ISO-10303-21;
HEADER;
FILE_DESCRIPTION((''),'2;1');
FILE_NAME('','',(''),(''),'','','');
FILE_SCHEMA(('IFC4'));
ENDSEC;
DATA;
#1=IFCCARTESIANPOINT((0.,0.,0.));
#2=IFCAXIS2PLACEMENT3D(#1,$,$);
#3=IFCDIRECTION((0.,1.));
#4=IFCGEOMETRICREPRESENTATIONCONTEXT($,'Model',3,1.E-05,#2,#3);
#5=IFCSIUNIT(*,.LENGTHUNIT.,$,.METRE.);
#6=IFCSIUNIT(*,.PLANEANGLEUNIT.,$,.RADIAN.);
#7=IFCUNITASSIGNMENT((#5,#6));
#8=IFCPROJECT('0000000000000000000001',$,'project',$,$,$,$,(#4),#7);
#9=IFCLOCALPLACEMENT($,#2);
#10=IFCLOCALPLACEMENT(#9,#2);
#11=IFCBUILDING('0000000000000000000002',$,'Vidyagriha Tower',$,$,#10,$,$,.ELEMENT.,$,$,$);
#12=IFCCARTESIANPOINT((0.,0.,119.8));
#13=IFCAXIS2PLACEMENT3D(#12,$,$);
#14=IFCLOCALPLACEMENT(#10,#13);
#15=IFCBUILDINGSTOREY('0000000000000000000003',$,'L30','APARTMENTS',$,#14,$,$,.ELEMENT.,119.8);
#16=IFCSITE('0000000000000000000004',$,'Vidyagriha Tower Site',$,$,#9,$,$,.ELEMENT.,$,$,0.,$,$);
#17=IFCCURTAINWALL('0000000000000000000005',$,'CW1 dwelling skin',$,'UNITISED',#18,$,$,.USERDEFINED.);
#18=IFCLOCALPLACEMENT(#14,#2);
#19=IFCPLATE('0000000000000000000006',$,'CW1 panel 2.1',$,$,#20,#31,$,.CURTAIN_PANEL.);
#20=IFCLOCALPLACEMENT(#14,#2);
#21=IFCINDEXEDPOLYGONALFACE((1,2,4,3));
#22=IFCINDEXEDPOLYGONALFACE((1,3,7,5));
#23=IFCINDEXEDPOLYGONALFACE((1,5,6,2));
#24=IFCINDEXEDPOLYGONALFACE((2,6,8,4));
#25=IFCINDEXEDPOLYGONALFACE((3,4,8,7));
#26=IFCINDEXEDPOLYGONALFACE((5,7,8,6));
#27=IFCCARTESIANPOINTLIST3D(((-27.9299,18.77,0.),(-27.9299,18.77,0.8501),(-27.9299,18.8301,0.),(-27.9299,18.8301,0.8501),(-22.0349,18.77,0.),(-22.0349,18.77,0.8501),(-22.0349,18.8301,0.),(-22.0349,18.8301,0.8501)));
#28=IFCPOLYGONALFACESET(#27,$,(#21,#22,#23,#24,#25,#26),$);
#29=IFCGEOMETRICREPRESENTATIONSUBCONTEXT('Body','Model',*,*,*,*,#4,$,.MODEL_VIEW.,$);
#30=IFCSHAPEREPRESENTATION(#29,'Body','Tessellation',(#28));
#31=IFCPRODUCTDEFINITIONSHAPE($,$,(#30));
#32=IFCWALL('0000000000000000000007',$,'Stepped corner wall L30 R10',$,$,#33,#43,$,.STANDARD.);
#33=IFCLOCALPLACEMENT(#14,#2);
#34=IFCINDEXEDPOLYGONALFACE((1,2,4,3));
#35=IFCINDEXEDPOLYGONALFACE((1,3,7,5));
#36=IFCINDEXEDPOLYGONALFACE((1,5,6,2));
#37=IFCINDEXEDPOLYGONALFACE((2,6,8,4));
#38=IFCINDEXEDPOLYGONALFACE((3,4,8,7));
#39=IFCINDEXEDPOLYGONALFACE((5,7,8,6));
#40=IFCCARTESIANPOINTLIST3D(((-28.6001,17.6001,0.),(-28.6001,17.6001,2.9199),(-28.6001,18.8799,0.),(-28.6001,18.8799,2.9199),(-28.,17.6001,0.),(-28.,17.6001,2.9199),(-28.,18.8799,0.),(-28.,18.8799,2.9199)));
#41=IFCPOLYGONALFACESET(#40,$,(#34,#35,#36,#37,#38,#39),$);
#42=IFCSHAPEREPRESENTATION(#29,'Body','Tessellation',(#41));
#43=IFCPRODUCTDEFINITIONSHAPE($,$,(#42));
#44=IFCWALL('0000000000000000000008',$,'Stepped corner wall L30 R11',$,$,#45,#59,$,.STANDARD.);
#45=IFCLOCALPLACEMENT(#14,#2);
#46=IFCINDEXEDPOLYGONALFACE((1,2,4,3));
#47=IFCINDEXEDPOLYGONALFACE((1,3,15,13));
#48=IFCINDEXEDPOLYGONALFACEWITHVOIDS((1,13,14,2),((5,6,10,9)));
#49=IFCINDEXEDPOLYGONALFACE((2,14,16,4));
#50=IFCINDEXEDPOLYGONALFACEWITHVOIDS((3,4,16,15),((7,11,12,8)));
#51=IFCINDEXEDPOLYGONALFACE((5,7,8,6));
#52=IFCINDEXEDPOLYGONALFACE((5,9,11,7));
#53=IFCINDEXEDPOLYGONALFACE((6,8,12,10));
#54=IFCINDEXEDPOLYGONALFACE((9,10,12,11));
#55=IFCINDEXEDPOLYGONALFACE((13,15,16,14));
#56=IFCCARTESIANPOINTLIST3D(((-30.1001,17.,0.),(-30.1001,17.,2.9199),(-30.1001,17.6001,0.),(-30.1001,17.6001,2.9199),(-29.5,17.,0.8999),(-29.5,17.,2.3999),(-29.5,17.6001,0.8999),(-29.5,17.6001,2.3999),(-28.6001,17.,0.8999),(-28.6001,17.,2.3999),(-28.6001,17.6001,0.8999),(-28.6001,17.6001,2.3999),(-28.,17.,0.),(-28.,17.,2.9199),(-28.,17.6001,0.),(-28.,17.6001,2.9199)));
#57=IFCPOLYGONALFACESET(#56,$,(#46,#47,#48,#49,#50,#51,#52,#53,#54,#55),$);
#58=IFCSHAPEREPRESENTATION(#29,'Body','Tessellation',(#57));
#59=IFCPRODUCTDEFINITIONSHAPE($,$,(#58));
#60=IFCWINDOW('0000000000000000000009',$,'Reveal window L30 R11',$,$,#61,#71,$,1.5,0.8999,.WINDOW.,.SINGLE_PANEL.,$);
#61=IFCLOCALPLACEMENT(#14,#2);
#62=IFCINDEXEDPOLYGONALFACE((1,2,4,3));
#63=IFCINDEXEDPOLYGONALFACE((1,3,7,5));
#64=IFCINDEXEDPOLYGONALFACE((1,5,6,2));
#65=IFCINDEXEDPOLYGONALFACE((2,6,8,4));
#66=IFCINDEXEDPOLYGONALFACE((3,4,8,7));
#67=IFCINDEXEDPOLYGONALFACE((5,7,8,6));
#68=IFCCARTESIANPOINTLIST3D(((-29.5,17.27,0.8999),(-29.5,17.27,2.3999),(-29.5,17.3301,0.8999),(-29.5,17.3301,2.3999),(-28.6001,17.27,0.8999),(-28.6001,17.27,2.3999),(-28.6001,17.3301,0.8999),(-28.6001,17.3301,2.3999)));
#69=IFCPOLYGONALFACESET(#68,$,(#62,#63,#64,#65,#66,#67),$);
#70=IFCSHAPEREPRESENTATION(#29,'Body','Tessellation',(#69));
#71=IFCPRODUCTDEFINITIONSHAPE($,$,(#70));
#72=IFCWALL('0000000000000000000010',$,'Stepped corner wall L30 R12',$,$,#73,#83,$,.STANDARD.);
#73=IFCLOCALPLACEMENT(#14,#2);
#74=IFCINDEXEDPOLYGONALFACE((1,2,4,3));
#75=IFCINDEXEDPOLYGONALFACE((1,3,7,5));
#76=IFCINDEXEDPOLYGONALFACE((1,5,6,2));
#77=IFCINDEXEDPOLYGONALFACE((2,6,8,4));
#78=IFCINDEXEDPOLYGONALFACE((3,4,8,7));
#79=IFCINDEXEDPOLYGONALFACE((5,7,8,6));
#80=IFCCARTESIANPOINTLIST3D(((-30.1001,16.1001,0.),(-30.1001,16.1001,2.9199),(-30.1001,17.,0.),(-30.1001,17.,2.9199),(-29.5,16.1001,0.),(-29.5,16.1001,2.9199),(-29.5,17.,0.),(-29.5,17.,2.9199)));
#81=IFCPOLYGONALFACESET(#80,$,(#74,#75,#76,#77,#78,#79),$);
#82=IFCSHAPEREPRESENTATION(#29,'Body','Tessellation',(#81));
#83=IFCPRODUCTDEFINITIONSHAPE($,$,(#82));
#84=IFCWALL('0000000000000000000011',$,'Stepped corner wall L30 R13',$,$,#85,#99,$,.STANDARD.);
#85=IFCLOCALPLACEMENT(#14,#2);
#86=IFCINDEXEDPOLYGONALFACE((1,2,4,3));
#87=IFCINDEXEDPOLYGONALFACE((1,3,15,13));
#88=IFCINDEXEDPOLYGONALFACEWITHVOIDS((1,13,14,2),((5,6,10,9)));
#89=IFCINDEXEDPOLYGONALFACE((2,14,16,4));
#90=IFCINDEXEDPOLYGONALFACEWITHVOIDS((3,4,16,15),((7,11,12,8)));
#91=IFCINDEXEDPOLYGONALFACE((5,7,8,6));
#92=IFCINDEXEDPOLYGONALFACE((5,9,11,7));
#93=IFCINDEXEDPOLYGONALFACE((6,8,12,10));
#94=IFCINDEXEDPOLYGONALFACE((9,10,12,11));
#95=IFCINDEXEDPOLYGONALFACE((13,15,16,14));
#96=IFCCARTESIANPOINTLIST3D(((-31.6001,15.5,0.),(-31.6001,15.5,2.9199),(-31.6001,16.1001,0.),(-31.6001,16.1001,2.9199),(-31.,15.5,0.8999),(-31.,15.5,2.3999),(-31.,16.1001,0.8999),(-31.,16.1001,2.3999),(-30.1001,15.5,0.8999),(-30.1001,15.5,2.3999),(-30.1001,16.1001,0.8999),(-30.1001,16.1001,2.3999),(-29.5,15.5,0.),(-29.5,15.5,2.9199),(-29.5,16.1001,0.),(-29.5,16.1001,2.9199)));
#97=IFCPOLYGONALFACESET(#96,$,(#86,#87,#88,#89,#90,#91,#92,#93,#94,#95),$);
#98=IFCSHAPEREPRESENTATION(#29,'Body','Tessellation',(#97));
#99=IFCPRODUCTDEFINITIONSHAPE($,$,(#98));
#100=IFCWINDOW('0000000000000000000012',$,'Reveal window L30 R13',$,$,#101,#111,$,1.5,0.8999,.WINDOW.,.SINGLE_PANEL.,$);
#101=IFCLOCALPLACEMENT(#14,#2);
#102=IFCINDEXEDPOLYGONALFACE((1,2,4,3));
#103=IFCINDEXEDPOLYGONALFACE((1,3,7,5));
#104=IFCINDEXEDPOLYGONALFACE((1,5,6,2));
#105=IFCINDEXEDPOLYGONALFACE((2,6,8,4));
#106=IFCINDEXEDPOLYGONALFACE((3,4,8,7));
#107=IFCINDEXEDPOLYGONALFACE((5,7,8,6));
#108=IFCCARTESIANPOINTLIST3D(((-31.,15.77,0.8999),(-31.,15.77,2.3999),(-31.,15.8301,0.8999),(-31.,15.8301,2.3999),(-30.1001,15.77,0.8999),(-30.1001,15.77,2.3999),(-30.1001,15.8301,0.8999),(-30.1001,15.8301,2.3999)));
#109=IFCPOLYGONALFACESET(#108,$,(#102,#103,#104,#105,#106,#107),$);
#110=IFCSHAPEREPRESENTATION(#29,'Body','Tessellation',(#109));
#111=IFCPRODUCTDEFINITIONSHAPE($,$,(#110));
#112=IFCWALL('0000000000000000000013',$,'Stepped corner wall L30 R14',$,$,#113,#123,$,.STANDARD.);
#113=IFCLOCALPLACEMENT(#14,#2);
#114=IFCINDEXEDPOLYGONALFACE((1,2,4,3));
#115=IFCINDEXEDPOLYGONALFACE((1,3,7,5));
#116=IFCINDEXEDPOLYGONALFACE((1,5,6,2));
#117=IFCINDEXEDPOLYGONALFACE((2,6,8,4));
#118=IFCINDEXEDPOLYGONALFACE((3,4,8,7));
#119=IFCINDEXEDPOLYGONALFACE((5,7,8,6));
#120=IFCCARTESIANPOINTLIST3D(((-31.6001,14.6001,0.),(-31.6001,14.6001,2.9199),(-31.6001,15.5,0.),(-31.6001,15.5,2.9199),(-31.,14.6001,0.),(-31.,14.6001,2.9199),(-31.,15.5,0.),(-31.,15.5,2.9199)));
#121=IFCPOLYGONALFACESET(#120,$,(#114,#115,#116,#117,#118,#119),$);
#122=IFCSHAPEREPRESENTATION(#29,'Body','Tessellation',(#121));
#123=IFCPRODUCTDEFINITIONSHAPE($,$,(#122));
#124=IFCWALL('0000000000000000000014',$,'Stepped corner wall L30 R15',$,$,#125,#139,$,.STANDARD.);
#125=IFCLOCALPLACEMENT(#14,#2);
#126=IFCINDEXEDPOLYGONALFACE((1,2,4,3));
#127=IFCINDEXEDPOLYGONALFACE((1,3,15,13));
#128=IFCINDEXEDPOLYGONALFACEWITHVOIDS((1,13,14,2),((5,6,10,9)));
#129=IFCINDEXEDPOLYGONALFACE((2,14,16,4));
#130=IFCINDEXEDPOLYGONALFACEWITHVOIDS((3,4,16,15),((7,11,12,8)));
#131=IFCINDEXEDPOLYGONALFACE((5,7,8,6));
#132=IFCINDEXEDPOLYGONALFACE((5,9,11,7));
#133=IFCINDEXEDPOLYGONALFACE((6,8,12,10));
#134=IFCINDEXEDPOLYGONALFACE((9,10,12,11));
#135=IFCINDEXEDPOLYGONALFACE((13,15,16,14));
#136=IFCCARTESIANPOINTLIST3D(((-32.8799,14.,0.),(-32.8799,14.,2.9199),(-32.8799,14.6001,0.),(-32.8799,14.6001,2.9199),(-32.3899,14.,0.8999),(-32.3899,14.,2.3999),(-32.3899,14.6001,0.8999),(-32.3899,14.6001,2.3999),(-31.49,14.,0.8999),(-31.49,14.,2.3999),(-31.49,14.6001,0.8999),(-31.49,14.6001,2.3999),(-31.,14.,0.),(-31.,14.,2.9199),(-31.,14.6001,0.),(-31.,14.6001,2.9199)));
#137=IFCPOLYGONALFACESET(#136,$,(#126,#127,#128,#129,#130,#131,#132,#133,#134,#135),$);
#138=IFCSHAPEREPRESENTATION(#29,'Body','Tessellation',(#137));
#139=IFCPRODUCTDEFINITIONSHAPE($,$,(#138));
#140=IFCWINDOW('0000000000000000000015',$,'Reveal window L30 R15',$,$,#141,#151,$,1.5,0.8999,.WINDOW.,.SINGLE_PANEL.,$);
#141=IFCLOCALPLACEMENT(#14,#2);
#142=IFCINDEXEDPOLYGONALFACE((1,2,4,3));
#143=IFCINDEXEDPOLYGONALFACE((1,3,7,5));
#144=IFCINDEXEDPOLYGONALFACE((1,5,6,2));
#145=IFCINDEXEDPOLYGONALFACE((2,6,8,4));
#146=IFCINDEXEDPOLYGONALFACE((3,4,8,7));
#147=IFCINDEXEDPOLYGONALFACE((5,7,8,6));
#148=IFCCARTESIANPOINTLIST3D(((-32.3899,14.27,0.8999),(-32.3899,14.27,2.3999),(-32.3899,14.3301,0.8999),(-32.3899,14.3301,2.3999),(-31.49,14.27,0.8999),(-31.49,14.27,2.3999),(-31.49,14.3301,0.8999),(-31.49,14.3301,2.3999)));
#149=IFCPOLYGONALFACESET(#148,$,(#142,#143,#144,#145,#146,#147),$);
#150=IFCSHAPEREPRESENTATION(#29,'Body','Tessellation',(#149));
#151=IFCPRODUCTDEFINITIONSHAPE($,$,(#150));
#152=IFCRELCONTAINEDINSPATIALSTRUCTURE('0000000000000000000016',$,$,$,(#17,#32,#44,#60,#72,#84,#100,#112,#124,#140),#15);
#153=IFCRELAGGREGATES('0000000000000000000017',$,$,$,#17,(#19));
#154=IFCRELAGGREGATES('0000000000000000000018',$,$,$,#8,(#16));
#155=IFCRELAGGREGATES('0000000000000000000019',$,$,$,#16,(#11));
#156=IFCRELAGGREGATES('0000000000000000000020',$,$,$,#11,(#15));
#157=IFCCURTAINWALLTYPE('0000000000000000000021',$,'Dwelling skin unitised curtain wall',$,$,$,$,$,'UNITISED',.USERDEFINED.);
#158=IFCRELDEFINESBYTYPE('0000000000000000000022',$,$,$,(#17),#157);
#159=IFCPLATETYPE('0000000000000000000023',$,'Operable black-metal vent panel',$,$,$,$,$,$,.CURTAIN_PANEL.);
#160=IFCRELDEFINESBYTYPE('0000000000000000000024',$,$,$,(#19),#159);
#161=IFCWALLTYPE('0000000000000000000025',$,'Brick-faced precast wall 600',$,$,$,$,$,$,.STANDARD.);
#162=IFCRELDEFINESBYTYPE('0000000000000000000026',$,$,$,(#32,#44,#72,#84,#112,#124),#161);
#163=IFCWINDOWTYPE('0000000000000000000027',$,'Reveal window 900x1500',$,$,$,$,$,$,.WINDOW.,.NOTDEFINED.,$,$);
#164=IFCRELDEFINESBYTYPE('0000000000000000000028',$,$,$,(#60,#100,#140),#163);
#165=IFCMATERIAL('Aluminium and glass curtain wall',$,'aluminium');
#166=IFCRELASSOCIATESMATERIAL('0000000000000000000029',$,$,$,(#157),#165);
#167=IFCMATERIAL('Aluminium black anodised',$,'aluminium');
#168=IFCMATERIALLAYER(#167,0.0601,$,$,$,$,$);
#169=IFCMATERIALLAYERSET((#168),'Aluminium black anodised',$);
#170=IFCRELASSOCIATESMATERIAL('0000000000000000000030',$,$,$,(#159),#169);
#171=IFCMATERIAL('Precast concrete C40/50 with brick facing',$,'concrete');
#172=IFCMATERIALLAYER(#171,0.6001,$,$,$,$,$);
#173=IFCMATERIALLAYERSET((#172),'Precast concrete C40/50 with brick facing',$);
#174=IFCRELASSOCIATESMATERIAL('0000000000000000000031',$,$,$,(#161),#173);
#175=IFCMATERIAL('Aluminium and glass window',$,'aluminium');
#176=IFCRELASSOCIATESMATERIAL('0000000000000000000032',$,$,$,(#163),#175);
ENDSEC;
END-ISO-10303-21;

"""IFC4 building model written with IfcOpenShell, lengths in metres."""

from ifc_helpers import new_model, si_unit, direction, frame, frame_2d, origin, origin_2d, place, context, subcontext, project, spatial, rectangle, extrude, material, layer, layer_set, type_object, element, fill, aggregate, save


model = new_model("IFC4")

# Units and contexts
model_context = context("Model", 3, precision=1e-05, world=origin(), true_north=direction((0.0, 1.0)))
body_context = subcontext(model_context, "Body", "Model", "MODEL_VIEW")
ifc_project = project(units=[si_unit("LENGTHUNIT", "METRE"), si_unit("PLANEANGLEUNIT", "RADIAN")], contexts=[model_context])

# Site, building, storey
site_placement = place(None, origin())
site = spatial("IfcSite", under=ifc_project, at=site_placement, Name="Vidyagriha Tower Site", CompositionType="ELEMENT", RefElevation=0.0)
building_placement = place(site_placement, origin())
building = spatial("IfcBuilding", under=site, at=building_placement, Name="Vidyagriha Tower", CompositionType="ELEMENT")
storey_placement = place(building_placement, frame((0.0, 0.0, 119.8)))
storey = spatial("IfcBuildingStorey", under=building, at=storey_placement, Name="L30", Description="APARTMENTS", CompositionType="ELEMENT", Elevation=119.8)

# Curtain wall
ifc_material_1 = material(Name="Aluminium and glass curtain wall", Category="aluminium")
curtain_wall_type = type_object("IfcCurtainWallType", Name="Dwelling skin unitised curtain wall", ElementType="UNITISED", PredefinedType="USERDEFINED", material=ifc_material_1)
curtain_wall_1_placement = place(storey_placement, origin())
curtain_wall_1 = element("IfcCurtainWall", 1, at=curtain_wall_1_placement, inside=storey, type_object=curtain_wall_type, Name="CW1 dwelling skin", ObjectType="UNITISED", PredefinedType="USERDEFINED")

# Plate
ifc_material_2 = material(Name="Aluminium black anodised", Category="aluminium")
ifc_layer_1 = layer(ifc_material_2, 0.0601)
ifc_layer_set_1 = layer_set([ifc_layer_1], Name="Aluminium black anodised")
plate_type_1 = type_object("IfcPlateType", Name="Operable black-metal vent panel", PredefinedType="CURTAIN_PANEL", material=ifc_layer_set_1)
plate_1_placement = place(storey_placement, frame((-24.9824, 18.8, 0.0), z_axis=(0.0, 0.0, 1.0), x_axis=(-1.0, 0.0, 0.0)))
plate_1 = element("IfcPlate", 2, at=plate_1_placement, type_object=plate_type_1, Name="CW1 panel 2.1", PredefinedType="CURTAIN_PANEL", context=body_context, shape_type="SweptSolid", body=[
    extrude(rectangle(XDim=5.895, YDim=0.0601, at=origin_2d()), origin(), (0.0, 0.0, 1.0), 0.8501),
])
aggregate(curtain_wall_1, [plate_1])

# Wall
ifc_material_3 = material(Name="Precast concrete C40/50 with brick facing", Category="concrete")
ifc_layer_2 = layer(ifc_material_3, 0.6001)
ifc_layer_set_2 = layer_set([ifc_layer_2], Name="Precast concrete C40/50 with brick facing")
wall_type_1 = type_object("IfcWallType", Name="Brick-faced precast wall 600", PredefinedType="STANDARD", material=ifc_layer_set_2)
wall_1_placement = place(storey_placement, frame((-28.3, 18.8799, 0.0), z_axis=(0.0, 0.0, 1.0), x_axis=(0.0, -1.0, 0.0)))
element("IfcWall", 3, at=wall_1_placement, inside=storey, type_object=wall_type_1, Name="Stepped corner wall L30 R10", PredefinedType="STANDARD", context=body_context, shape_type="SweptSolid", body=[
    extrude(rectangle(XDim=1.2798, YDim=0.6001, at=frame_2d((0.6399, 0.0))), origin(), (0.0, 0.0, 1.0), 2.9199),
])

# Wall, opening, window
wall_2_placement = place(storey_placement, frame((-28.0, 17.3, 0.0), z_axis=(0.0, 0.0, 1.0), x_axis=(-1.0, 0.0, 0.0)))
wall_2 = element("IfcWall", 4, at=wall_2_placement, inside=storey, type_object=wall_type_1, Name="Stepped corner wall L30 R11", PredefinedType="STANDARD", context=body_context, shape_type="SweptSolid", body=[
    extrude(rectangle(XDim=2.1001, YDim=0.6001, at=frame_2d((1.05, 0.0))), origin(), (0.0, 0.0, 1.0), 2.9199),
])
opening_1_placement = place(wall_2_placement, frame((0.6001, 0.0, 0.8999)))
opening_1 = element("IfcOpeningElement", 5, at=opening_1_placement, cuts=wall_2, PredefinedType="OPENING", context=body_context, shape_type="SweptSolid", body=[
    extrude(rectangle(XDim=0.8999, YDim=1.5, at=frame_2d((0.45, 0.75))), frame((0.0, 0.3101, 0.0), z_axis=(0.0, -1.0, 0.0), x_axis=(1.0, 0.0, 0.0)), (0.0, 0.0, 1.0), 0.6201),
])
ifc_material_4 = material(Name="Aluminium and glass window", Category="aluminium")
window_type = type_object("IfcWindowType", Name="Reveal window 900x1500", PartitioningType="NOTDEFINED", PredefinedType="WINDOW", material=ifc_material_4)
window_1_placement = place(opening_1_placement, origin())
window_1 = element("IfcWindow", 6, at=window_1_placement, inside=storey, type_object=window_type, Name="Reveal window L30 R11", OverallHeight=1.5, OverallWidth=0.8999, PartitioningType="SINGLE_PANEL", PredefinedType="WINDOW", context=body_context, shape_type="SweptSolid", body=[
    extrude(rectangle(XDim=0.8999, YDim=1.5, at=frame_2d((0.45, 0.75))), frame((0.0, 0.03, 0.0), z_axis=(0.0, -1.0, 0.0), x_axis=(1.0, 0.0, 0.0)), (0.0, 0.0, 1.0), 0.0601),
])
fill(opening_1, window_1)

# Wall
wall_3_placement = place(storey_placement, frame((-29.8, 17.0, 0.0), z_axis=(0.0, 0.0, 1.0), x_axis=(0.0, -1.0, 0.0)))
element("IfcWall", 7, at=wall_3_placement, inside=storey, type_object=wall_type_1, Name="Stepped corner wall L30 R12", PredefinedType="STANDARD", context=body_context, shape_type="SweptSolid", body=[
    extrude(rectangle(XDim=0.8999, YDim=0.6001, at=frame_2d((0.45, 0.0))), origin(), (0.0, 0.0, 1.0), 2.9199),
])

# Wall, opening, window
wall_4_placement = place(storey_placement, frame((-29.5, 15.8, 0.0), z_axis=(0.0, 0.0, 1.0), x_axis=(-1.0, 0.0, 0.0)))
wall_4 = element("IfcWall", 8, at=wall_4_placement, inside=storey, type_object=wall_type_1, Name="Stepped corner wall L30 R13", PredefinedType="STANDARD", context=body_context, shape_type="SweptSolid", body=[
    extrude(rectangle(XDim=2.1001, YDim=0.6001, at=frame_2d((1.05, 0.0))), origin(), (0.0, 0.0, 1.0), 2.9199),
])
opening_2_placement = place(wall_4_placement, frame((0.6001, 0.0, 0.8999)))
opening_2 = element("IfcOpeningElement", 9, at=opening_2_placement, cuts=wall_4, PredefinedType="OPENING", context=body_context, shape_type="SweptSolid", body=[
    extrude(rectangle(XDim=0.8999, YDim=1.5, at=frame_2d((0.45, 0.75))), frame((0.0, 0.3101, 0.0), z_axis=(0.0, -1.0, 0.0), x_axis=(1.0, 0.0, 0.0)), (0.0, 0.0, 1.0), 0.6201),
])
window_2_placement = place(opening_2_placement, origin())
window_2 = element("IfcWindow", 10, at=window_2_placement, inside=storey, type_object=window_type, Name="Reveal window L30 R13", OverallHeight=1.5, OverallWidth=0.8999, PartitioningType="SINGLE_PANEL", PredefinedType="WINDOW", context=body_context, shape_type="SweptSolid", body=[
    extrude(rectangle(XDim=0.8999, YDim=1.5, at=frame_2d((0.45, 0.75))), frame((0.0, 0.03, 0.0), z_axis=(0.0, -1.0, 0.0), x_axis=(1.0, 0.0, 0.0)), (0.0, 0.0, 1.0), 0.0601),
])
fill(opening_2, window_2)

# Wall
wall_5_placement = place(storey_placement, frame((-31.3, 15.5, 0.0), z_axis=(0.0, 0.0, 1.0), x_axis=(0.0, -1.0, 0.0)))
element("IfcWall", 11, at=wall_5_placement, inside=storey, type_object=wall_type_1, Name="Stepped corner wall L30 R14", PredefinedType="STANDARD", context=body_context, shape_type="SweptSolid", body=[
    extrude(rectangle(XDim=0.8999, YDim=0.6001, at=frame_2d((0.45, 0.0))), origin(), (0.0, 0.0, 1.0), 2.9199),
])

# Wall, opening, window
wall_6_placement = place(storey_placement, frame((-31.0, 14.3, 0.0), z_axis=(0.0, 0.0, 1.0), x_axis=(-1.0, 0.0, 0.0)))
wall_6 = element("IfcWall", 12, at=wall_6_placement, inside=storey, type_object=wall_type_1, Name="Stepped corner wall L30 R15", PredefinedType="STANDARD", context=body_context, shape_type="SweptSolid", body=[
    extrude(rectangle(XDim=1.8799, YDim=0.6001, at=frame_2d((0.9399, 0.0))), origin(), (0.0, 0.0, 1.0), 2.9199),
])
opening_3_placement = place(wall_6_placement, frame((0.49, 0.0, 0.8999)))
opening_3 = element("IfcOpeningElement", 13, at=opening_3_placement, cuts=wall_6, PredefinedType="OPENING", context=body_context, shape_type="SweptSolid", body=[
    extrude(rectangle(XDim=0.8999, YDim=1.5, at=frame_2d((0.45, 0.75))), frame((0.0, 0.3101, 0.0), z_axis=(0.0, -1.0, 0.0), x_axis=(1.0, 0.0, 0.0)), (0.0, 0.0, 1.0), 0.6201),
])
window_3_placement = place(opening_3_placement, origin())
window_3 = element("IfcWindow", 14, at=window_3_placement, inside=storey, type_object=window_type, Name="Reveal window L30 R15", OverallHeight=1.5, OverallWidth=0.8999, PartitioningType="SINGLE_PANEL", PredefinedType="WINDOW", context=body_context, shape_type="SweptSolid", body=[
    extrude(rectangle(XDim=0.8999, YDim=1.5, at=frame_2d((0.45, 0.75))), frame((0.0, 0.03, 0.0), z_axis=(0.0, -1.0, 0.0), x_axis=(1.0, 0.0, 0.0)), (0.0, 0.0, 1.0), 0.0601),
])
fill(opening_3, window_3)

save(model, "model.ifc")
